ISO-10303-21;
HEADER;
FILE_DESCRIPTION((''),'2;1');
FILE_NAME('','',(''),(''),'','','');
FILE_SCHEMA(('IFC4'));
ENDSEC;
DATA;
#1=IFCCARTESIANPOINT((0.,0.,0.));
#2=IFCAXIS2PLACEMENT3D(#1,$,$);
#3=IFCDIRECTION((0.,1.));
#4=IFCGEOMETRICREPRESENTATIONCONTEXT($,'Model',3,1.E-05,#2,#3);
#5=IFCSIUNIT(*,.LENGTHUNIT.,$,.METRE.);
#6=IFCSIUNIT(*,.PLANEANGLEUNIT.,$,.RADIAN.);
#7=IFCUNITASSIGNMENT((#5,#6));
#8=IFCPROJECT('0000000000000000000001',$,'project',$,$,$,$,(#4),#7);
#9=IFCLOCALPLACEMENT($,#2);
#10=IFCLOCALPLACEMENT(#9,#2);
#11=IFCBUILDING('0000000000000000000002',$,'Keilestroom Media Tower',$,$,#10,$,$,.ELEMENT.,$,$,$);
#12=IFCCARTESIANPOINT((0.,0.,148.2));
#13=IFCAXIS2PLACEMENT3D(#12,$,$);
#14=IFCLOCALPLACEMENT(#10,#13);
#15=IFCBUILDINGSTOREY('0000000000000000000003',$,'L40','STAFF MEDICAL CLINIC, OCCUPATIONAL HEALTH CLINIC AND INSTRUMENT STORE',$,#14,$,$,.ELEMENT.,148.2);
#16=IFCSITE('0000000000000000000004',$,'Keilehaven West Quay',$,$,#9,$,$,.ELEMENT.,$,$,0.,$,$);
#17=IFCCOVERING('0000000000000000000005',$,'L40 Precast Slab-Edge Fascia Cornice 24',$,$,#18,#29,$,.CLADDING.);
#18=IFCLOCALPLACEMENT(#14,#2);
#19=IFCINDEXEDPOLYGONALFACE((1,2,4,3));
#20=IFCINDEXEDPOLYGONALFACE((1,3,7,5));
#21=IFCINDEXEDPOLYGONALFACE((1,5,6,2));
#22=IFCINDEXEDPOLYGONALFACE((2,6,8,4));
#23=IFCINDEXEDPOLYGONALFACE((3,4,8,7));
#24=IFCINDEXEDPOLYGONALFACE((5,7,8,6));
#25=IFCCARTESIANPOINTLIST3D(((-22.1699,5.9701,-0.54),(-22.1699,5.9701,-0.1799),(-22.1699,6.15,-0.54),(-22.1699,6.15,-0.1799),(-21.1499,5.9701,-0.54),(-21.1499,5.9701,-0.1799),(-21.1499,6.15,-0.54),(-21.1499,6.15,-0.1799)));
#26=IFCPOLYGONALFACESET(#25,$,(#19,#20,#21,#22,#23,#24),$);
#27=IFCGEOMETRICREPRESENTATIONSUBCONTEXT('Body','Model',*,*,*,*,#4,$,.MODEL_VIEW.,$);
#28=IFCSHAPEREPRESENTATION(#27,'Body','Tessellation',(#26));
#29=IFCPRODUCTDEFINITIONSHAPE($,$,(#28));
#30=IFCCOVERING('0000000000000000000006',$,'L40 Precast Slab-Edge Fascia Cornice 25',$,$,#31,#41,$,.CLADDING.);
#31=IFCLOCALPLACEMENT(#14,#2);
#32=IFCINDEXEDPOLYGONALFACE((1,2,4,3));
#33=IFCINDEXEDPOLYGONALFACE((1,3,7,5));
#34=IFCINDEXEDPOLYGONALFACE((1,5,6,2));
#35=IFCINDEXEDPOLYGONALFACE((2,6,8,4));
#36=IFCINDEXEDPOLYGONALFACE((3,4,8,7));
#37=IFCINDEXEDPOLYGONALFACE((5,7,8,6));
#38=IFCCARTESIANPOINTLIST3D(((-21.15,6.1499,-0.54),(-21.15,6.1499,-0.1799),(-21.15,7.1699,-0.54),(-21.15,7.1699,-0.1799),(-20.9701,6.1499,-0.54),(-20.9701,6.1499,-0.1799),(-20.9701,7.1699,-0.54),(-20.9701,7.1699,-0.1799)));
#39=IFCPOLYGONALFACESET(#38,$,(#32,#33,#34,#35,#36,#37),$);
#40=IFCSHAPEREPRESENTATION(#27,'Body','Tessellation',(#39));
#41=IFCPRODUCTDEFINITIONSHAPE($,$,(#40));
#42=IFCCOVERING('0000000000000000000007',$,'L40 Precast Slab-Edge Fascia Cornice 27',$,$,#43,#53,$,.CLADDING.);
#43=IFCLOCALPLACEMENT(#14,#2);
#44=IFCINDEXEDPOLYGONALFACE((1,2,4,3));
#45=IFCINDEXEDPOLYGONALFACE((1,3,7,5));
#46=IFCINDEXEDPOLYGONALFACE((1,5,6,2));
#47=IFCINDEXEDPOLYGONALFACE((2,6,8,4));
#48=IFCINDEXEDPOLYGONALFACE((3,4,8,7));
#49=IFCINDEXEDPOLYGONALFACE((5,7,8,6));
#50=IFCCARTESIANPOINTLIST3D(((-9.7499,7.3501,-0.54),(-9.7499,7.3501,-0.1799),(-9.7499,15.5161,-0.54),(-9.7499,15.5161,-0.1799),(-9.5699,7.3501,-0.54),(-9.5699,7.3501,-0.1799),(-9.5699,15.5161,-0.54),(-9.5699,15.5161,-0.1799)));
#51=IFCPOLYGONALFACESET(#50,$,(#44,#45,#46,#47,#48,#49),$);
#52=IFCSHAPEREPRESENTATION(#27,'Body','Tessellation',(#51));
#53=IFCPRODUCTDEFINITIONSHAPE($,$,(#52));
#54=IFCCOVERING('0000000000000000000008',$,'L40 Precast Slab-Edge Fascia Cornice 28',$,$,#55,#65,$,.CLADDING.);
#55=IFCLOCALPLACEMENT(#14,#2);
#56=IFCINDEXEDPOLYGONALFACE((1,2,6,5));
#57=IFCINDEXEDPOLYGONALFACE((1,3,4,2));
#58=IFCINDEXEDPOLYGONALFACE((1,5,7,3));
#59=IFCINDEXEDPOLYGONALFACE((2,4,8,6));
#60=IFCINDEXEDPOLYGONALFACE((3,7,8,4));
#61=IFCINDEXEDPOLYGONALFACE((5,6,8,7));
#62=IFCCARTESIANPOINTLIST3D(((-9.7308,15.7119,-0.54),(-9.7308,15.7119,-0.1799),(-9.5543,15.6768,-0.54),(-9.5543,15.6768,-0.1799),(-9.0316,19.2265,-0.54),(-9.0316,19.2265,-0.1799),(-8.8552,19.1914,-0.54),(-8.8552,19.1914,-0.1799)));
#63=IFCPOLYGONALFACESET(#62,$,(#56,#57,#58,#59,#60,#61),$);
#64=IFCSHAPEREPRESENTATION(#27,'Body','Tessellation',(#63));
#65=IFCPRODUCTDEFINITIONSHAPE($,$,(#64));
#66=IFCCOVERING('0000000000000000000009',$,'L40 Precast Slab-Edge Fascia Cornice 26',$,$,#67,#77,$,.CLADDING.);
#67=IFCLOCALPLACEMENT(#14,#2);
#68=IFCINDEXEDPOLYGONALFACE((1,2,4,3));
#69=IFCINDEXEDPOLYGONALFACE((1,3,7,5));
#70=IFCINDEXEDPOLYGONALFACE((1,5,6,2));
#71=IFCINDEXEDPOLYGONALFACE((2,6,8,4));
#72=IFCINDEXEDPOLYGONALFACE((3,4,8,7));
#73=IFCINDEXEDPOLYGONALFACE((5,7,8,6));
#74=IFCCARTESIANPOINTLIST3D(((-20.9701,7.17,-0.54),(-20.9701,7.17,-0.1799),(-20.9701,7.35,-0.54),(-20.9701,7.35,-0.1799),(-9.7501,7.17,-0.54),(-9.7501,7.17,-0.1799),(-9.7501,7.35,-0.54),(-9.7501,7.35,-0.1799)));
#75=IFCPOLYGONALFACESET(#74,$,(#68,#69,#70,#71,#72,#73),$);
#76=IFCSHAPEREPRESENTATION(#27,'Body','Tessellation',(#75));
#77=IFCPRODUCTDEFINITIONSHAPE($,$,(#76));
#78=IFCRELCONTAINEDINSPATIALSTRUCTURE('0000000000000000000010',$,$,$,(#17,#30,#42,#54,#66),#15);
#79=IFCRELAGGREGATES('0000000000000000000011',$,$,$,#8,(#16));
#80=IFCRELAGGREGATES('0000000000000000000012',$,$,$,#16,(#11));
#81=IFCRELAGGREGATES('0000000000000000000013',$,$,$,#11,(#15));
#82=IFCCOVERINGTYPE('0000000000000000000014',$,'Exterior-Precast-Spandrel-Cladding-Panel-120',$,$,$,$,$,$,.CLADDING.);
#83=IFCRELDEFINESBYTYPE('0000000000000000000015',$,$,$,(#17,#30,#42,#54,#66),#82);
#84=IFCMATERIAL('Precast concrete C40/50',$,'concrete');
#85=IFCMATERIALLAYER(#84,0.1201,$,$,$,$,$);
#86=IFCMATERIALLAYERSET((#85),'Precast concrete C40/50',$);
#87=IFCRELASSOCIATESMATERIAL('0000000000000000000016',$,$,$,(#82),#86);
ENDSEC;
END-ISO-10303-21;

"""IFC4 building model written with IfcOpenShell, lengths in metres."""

from ifc_helpers import new_model, si_unit, direction, frame, origin, origin_2d, place, context, subcontext, project, spatial, rectangle, extrude, source, transform, mapped, material, layer, layer_set, type_object, element, save


model = new_model("IFC4")

# Units and contexts
model_context = context("Model", 3, precision=1e-05, world=origin(), true_north=direction((0.0, 1.0)))
body_context = subcontext(model_context, "Body", "Model", "MODEL_VIEW")
ifc_project = project(units=[si_unit("LENGTHUNIT", "METRE"), si_unit("PLANEANGLEUNIT", "RADIAN")], contexts=[model_context])

# Site, building, storey
site_placement = place(None, origin())
site = spatial("IfcSite", under=ifc_project, at=site_placement, Name="Keilehaven West Quay", CompositionType="ELEMENT", RefElevation=0.0)
building_placement = place(site_placement, origin())
building = spatial("IfcBuilding", under=site, at=building_placement, Name="Keilestroom Media Tower", CompositionType="ELEMENT")
storey_placement = place(building_placement, frame((0.0, 0.0, 148.2)))
storey = spatial("IfcBuildingStorey", under=building, at=storey_placement, Name="L40", Description="STAFF MEDICAL CLINIC, OCCUPATIONAL HEALTH CLINIC AND INSTRUMENT STORE", CompositionType="ELEMENT", Elevation=148.2)

# Shared definitions
ifc_material_1 = material(Name="Precast concrete C40/50", Category="concrete")

# Coverings
ifc_layer_1 = layer(ifc_material_1, 0.1201)
ifc_layer_set_1 = layer_set([ifc_layer_1], Name="Precast concrete C40/50")
covering_type = type_object("IfcCoveringType", Name="Exterior-Precast-Spandrel-Cladding-Panel-120", PredefinedType="CLADDING", material=ifc_layer_set_1)
shared_shape_1 = source(origin(), body_context, "Body", "SweptSolid", [
    extrude(rectangle(XDim=1.02, YDim=0.1799, at=origin_2d()), origin(), (0.0, 0.0, 1.0), 0.3601),
])
for number, where, z_axis, x_axis, name in (
    (1, (-21.6599, 6.0601, -0.54), (0.0, 0.0, 1.0), (1.0, 0.0, 0.0), "L40 Precast Slab-Edge Fascia Cornice 24"),
    (2, (-21.0601, 6.6599, -0.54), (0.0, 0.0, 1.0), (0.0, 1.0, 0.0), "L40 Precast Slab-Edge Fascia Cornice 25"),
):
    element("IfcCovering", number, at=place(storey_placement, frame(where, z_axis=z_axis, x_axis=x_axis)), inside=storey, type_object=covering_type, Name=name, PredefinedType="CLADDING", context=body_context, shape_type="MappedRepresentation", body=[
        mapped(shared_shape_1, transform((0.0, 0.0, 0.0), x_axis=(1.0, 0.0, 0.0), y_axis=(0.0, 1.0, 0.0), z_axis=(0.0, 0.0, 1.0), scale=1.0)),
    ])
shared_shape_2 = source(origin(), body_context, "Body", "SweptSolid", [
    extrude(rectangle(XDim=8.166, YDim=0.1799, at=origin_2d()), origin(), (0.0, 0.0, 1.0), 0.3601),
])
covering_1_placement = place(storey_placement, frame((-9.6599, 11.4331, -0.54), z_axis=(0.0, 0.0, 1.0), x_axis=(0.0, 1.0, 0.0)))
element("IfcCovering", 3, at=covering_1_placement, inside=storey, type_object=covering_type, Name="L40 Precast Slab-Edge Fascia Cornice 27", PredefinedType="CLADDING", context=body_context, shape_type="MappedRepresentation", body=[
    mapped(shared_shape_2, transform((0.0, 0.0, 0.0), x_axis=(1.0, 0.0, 0.0), y_axis=(0.0, 1.0, 0.0), z_axis=(0.0, 0.0, 1.0), scale=1.0)),
])
shared_shape_3 = source(origin(), body_context, "Body", "SweptSolid", [
    extrude(rectangle(XDim=3.5835, YDim=0.1799, at=origin_2d()), origin(), (0.0, 0.0, 1.0), 0.3601),
])
covering_2_placement = place(storey_placement, frame((-9.293, 17.4517, -0.54), z_axis=(0.0, 0.0, 1.0), x_axis=(0.195099, 0.980784, 0.0)))
element("IfcCovering", 4, at=covering_2_placement, inside=storey, type_object=covering_type, Name="L40 Precast Slab-Edge Fascia Cornice 28", PredefinedType="CLADDING", context=body_context, shape_type="MappedRepresentation", body=[
    mapped(shared_shape_3, transform((0.0, 0.0, 0.0), x_axis=(1.0, 0.0, 0.0), y_axis=(0.0, 1.0, 0.0), z_axis=(0.0, 0.0, 1.0), scale=1.0)),
])
shared_shape_4 = source(origin(), body_context, "Body", "SweptSolid", [
    extrude(rectangle(XDim=11.22, YDim=0.1799, at=origin_2d()), origin(), (0.0, 0.0, 1.0), 0.3601),
])
covering_3_placement = place(storey_placement, frame((-15.3601, 7.26, -0.54), z_axis=(0.0, 0.0, 1.0), x_axis=(1.0, 0.0, 0.0)))
element("IfcCovering", 5, at=covering_3_placement, inside=storey, type_object=covering_type, Name="L40 Precast Slab-Edge Fascia Cornice 26", PredefinedType="CLADDING", context=body_context, shape_type="MappedRepresentation", body=[
    mapped(shared_shape_4, transform((0.0, 0.0, 0.0), x_axis=(1.0, 0.0, 0.0), y_axis=(0.0, 1.0, 0.0), z_axis=(0.0, 0.0, 1.0), scale=1.0)),
])

save(model, "model.ifc")
